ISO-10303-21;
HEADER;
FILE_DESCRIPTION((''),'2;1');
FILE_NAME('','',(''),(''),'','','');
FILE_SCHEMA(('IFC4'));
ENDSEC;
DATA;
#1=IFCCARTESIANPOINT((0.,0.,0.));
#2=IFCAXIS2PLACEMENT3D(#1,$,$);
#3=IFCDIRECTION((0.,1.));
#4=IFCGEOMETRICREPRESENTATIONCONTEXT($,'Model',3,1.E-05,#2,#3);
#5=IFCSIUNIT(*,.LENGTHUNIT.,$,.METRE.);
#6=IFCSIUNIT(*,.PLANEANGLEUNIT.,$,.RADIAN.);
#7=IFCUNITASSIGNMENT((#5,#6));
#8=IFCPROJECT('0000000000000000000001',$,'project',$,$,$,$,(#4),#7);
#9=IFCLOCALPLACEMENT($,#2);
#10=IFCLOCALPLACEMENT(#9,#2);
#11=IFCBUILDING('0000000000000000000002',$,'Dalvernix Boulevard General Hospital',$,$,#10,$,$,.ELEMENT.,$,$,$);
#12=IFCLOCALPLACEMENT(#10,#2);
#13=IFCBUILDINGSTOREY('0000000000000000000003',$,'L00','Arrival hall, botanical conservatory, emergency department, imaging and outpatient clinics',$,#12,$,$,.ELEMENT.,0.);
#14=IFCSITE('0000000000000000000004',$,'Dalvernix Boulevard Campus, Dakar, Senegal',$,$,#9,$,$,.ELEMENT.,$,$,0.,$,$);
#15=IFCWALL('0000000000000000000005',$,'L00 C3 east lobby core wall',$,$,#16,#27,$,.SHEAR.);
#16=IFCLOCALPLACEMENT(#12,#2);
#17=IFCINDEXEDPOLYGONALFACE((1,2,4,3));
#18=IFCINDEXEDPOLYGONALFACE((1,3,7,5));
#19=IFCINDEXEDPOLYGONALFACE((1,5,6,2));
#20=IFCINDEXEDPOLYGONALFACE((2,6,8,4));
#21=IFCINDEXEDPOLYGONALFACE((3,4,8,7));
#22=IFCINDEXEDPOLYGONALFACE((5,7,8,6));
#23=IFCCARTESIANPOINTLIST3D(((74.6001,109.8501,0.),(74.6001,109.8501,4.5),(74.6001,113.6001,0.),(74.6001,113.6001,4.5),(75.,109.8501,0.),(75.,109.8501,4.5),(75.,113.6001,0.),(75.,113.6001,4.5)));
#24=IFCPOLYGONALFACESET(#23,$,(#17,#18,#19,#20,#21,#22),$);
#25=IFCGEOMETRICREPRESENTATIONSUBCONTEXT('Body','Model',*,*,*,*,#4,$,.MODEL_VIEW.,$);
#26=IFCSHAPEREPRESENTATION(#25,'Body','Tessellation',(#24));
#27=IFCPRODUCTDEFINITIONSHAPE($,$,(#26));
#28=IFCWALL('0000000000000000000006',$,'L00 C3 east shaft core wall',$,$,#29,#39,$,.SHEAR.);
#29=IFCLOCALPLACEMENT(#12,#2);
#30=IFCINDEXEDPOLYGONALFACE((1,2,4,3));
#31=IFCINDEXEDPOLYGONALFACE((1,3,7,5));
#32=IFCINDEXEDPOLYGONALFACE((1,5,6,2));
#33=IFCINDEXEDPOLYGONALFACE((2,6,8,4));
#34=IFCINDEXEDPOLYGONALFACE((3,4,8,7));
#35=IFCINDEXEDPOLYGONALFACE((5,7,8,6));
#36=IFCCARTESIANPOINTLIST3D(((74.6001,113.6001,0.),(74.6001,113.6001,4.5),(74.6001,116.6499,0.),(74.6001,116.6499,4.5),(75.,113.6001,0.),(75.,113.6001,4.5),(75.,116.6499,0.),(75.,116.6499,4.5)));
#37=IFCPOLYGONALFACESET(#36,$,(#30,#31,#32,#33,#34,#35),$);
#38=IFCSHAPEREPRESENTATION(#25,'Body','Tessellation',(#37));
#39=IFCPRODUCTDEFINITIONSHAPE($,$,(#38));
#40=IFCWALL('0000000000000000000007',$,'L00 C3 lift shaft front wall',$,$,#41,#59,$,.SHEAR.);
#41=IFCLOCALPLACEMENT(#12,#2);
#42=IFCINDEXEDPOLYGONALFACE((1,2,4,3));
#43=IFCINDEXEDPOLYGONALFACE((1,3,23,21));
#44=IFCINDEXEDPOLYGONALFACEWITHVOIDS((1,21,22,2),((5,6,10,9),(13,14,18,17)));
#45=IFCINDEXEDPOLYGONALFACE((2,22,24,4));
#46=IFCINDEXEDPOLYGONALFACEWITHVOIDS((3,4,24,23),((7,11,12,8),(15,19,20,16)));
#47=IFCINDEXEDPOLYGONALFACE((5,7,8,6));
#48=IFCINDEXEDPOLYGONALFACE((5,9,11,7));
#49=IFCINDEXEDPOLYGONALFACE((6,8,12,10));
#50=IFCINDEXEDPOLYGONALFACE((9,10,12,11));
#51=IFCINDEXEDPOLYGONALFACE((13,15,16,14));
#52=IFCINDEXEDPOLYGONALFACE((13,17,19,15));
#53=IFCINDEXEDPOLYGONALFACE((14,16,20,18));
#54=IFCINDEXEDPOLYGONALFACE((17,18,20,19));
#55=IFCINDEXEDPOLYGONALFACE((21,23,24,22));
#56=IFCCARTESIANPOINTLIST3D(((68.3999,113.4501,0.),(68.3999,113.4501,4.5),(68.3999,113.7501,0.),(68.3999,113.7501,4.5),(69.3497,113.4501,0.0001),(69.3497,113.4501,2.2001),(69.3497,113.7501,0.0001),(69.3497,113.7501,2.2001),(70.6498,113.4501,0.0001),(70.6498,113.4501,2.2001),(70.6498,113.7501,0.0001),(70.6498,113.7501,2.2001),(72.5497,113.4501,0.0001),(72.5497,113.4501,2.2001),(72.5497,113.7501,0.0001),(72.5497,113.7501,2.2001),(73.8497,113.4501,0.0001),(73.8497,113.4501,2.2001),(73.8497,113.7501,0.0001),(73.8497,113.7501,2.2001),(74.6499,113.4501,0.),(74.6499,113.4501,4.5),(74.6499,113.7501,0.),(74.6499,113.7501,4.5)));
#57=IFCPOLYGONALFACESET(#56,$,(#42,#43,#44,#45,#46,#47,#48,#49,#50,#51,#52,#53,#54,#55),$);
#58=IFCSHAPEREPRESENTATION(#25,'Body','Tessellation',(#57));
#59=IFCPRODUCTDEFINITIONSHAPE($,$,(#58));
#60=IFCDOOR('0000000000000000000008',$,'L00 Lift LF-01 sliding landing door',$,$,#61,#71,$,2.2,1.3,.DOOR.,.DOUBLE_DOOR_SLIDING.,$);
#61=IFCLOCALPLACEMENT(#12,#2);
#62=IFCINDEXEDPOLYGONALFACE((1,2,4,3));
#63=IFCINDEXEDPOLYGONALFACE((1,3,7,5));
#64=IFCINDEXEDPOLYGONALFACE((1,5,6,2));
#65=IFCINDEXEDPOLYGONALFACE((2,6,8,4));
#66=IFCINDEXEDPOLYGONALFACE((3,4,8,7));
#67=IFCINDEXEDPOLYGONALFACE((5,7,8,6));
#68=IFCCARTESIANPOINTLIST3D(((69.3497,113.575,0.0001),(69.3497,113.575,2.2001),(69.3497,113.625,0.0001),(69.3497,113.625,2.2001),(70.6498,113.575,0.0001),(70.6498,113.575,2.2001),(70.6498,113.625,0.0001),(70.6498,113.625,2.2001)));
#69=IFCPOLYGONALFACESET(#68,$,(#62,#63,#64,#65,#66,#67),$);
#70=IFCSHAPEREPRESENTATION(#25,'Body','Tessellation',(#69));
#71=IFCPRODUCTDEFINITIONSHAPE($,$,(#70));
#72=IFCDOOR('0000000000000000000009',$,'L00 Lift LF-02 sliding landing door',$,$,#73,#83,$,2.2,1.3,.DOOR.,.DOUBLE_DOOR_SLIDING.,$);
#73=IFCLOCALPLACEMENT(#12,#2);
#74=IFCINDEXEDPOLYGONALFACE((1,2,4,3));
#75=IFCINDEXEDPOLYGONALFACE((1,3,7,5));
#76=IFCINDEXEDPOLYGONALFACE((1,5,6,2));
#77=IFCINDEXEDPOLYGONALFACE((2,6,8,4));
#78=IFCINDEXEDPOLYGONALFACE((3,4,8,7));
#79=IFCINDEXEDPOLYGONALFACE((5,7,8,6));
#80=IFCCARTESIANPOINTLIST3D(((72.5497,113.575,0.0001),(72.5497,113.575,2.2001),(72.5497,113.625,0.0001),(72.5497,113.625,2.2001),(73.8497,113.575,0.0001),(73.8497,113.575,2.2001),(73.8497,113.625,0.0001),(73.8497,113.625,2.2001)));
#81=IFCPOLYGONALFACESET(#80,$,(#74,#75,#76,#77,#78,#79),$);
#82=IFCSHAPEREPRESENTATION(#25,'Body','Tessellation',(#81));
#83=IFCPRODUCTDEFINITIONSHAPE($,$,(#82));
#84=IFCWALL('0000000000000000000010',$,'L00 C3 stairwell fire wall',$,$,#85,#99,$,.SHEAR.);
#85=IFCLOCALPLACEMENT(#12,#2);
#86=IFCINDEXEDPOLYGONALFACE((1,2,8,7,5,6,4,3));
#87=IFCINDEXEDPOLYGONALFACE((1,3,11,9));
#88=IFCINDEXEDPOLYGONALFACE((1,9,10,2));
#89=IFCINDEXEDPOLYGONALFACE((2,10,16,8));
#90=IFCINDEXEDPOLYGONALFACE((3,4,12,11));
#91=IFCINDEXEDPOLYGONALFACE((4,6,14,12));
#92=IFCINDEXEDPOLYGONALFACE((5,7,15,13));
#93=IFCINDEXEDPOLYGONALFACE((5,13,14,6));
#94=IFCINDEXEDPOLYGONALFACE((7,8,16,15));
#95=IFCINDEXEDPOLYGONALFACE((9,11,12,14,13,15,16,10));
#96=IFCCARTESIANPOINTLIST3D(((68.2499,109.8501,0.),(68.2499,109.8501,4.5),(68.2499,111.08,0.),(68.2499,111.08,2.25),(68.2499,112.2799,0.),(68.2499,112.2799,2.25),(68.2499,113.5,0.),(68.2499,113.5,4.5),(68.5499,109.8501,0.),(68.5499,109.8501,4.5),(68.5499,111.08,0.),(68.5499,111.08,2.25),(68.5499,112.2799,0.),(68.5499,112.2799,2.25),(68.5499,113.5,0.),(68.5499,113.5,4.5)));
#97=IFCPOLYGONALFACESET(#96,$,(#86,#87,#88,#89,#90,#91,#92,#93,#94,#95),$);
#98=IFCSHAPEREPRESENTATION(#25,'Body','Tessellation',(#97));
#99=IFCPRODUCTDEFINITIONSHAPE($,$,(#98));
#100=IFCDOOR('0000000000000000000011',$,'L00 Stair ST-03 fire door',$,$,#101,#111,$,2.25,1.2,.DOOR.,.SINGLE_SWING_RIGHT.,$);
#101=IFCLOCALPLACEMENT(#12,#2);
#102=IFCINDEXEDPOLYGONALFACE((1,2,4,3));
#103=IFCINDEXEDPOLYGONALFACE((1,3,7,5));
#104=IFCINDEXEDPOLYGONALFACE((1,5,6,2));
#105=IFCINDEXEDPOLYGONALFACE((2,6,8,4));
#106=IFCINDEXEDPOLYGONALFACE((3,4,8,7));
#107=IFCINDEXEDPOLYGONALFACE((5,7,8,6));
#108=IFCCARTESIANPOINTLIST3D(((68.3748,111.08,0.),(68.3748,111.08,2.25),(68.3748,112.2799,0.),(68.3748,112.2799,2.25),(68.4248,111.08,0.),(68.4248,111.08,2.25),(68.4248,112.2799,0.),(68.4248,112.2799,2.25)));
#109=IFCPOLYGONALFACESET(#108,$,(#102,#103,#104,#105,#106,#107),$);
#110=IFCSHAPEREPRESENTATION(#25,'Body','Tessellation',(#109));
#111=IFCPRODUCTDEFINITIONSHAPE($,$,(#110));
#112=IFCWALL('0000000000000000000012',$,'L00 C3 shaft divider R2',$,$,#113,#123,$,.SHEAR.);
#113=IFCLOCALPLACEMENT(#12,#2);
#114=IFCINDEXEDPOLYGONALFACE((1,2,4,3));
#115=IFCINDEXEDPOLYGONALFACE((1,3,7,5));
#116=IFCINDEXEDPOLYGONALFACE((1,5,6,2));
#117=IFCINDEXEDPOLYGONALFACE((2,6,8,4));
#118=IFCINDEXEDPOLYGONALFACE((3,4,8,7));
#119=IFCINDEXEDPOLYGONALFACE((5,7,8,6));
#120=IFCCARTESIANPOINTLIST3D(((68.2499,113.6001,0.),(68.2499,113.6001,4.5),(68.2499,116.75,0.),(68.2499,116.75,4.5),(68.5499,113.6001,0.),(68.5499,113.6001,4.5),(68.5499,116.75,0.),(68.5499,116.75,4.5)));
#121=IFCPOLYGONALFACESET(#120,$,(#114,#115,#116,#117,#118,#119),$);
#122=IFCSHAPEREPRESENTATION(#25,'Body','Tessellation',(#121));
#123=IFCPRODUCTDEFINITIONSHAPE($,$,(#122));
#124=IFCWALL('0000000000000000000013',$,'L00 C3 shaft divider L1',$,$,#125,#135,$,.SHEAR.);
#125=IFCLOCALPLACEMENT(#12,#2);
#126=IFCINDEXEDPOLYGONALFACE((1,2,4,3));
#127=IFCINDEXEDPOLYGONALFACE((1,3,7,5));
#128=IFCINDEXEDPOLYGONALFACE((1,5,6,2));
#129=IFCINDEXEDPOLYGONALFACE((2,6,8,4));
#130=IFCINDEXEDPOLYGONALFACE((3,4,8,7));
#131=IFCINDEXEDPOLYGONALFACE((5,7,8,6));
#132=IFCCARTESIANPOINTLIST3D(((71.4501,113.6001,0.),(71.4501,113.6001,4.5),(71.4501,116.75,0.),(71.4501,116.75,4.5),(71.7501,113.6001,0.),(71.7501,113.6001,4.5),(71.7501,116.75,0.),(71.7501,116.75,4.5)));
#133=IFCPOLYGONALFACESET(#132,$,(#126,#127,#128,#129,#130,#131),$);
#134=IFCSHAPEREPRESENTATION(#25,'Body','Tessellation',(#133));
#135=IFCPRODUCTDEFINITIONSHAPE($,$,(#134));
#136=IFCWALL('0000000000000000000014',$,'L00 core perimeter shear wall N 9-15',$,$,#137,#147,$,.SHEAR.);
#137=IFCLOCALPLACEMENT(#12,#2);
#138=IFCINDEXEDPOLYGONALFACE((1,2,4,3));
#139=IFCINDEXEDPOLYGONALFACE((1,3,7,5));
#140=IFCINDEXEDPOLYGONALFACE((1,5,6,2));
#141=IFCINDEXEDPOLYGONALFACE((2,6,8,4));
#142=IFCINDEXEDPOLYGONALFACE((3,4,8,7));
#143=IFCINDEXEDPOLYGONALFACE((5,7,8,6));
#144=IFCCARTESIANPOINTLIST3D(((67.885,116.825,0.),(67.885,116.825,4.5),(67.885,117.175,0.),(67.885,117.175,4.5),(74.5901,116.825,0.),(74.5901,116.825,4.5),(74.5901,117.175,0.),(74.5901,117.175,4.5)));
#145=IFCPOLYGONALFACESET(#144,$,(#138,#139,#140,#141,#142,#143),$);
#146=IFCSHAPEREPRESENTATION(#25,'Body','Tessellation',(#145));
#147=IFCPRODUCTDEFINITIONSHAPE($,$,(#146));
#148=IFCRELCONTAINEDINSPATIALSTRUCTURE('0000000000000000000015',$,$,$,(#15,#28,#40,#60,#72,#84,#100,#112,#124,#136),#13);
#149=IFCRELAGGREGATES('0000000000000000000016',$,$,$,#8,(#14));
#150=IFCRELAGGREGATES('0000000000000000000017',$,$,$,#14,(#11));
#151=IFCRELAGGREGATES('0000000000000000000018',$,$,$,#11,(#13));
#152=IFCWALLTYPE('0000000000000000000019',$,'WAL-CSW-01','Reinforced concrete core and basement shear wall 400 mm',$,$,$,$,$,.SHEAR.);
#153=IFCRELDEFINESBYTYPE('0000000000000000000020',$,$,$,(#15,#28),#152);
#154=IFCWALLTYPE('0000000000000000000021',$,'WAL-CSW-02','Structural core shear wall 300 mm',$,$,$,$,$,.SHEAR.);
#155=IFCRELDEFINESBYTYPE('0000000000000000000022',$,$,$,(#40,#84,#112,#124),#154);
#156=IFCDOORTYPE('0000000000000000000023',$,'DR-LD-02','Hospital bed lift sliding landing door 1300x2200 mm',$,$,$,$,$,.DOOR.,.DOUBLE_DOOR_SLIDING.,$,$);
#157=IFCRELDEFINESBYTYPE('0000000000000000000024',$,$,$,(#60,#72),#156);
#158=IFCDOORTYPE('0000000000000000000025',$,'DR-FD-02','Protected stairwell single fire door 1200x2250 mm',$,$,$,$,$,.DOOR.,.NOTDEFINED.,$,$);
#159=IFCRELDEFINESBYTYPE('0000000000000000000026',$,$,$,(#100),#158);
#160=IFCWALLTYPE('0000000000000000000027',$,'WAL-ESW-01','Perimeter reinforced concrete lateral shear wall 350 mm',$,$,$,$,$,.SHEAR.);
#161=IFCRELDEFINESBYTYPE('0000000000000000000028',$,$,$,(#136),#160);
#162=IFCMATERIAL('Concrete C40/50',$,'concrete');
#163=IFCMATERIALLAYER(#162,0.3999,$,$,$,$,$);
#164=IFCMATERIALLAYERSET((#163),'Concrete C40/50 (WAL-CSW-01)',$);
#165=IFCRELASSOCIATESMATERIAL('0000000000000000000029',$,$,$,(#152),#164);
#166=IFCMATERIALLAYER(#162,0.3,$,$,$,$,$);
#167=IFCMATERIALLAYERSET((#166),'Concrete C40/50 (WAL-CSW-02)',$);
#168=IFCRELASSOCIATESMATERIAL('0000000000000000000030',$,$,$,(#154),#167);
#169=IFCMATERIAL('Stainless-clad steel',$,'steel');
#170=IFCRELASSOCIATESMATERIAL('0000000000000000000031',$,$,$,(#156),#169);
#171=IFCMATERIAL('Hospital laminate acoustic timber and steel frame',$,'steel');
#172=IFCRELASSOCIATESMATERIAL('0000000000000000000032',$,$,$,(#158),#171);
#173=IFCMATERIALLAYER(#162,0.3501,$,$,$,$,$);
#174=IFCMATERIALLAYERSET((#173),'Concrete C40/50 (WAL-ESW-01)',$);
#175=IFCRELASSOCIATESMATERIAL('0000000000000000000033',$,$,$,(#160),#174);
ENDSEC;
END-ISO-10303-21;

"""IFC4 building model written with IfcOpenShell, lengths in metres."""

from ifc_helpers import new_model, si_unit, direction, frame, frame_2d, origin, place, context, subcontext, project, spatial, rectangle, extrude, material, layer, layer_set, type_object, element, fill, save


model = new_model("IFC4")

# Units and contexts
model_context = context("Model", 3, precision=1e-05, world=origin(), true_north=direction((0.0, 1.0)))
body_context = subcontext(model_context, "Body", "Model", "MODEL_VIEW")
ifc_project = project(units=[si_unit("LENGTHUNIT", "METRE"), si_unit("PLANEANGLEUNIT", "RADIAN")], contexts=[model_context])

# Site, building, storey
site_placement = place(None, origin())
site = spatial("IfcSite", under=ifc_project, at=site_placement, Name="Dalvernix Boulevard Campus, Dakar, Senegal", CompositionType="ELEMENT", RefElevation=0.0)
building_placement = place(site_placement, origin())
building = spatial("IfcBuilding", under=site, at=building_placement, Name="Dalvernix Boulevard General Hospital", CompositionType="ELEMENT")
storey_placement = place(building_placement, origin())
storey = spatial("IfcBuildingStorey", under=building, at=storey_placement, Name="L00", Description="Arrival hall, botanical conservatory, emergency department, imaging and outpatient clinics", CompositionType="ELEMENT", Elevation=0.0)

# Shared definitions
ifc_material_1 = material(Name="Concrete C40/50", Category="concrete")

# Shared definitions
ifc_layer_1 = layer(ifc_material_1, 0.3999)
ifc_layer_set_1 = layer_set([ifc_layer_1], Name="Concrete C40/50 (WAL-CSW-01)")
wall_type_1 = type_object("IfcWallType", Name="WAL-CSW-01", Description="Reinforced concrete core and basement shear wall 400 mm", PredefinedType="SHEAR", material=ifc_layer_set_1)
ifc_material_2 = material(Name="Hospital laminate acoustic timber and steel frame", Category="steel")

# Walls
wall_1_placement = place(storey_placement, frame((74.8, 109.8501, 0.0), z_axis=(0.0, 0.0, 1.0), x_axis=(0.0, 1.0, 0.0)))
element("IfcWall", 1, at=wall_1_placement, inside=storey, type_object=wall_type_1, Name="L00 C3 east lobby core wall", PredefinedType="SHEAR", context=body_context, shape_type="SweptSolid", body=[
    extrude(rectangle(XDim=3.75, YDim=0.3999, at=frame_2d((1.875, 0.0))), origin(), (0.0, 0.0, 1.0), 4.5),
])
wall_2_placement = place(storey_placement, frame((74.8, 113.6001, 0.0), z_axis=(0.0, 0.0, 1.0), x_axis=(0.0, 1.0, 0.0)))
element("IfcWall", 2, at=wall_2_placement, inside=storey, type_object=wall_type_1, Name="L00 C3 east shaft core wall", PredefinedType="SHEAR", context=body_context, shape_type="SweptSolid", body=[
    extrude(rectangle(XDim=3.0498, YDim=0.3999, at=frame_2d((1.5249, 0.0))), origin(), (0.0, 0.0, 1.0), 4.5),
])

# Wall, openings, doors
ifc_layer_2 = layer(ifc_material_1, 0.3)
ifc_layer_set_2 = layer_set([ifc_layer_2], Name="Concrete C40/50 (WAL-CSW-02)")
wall_type_2 = type_object("IfcWallType", Name="WAL-CSW-02", Description="Structural core shear wall 300 mm", PredefinedType="SHEAR", material=ifc_layer_set_2)
wall_3_placement = place(storey_placement, frame((68.3999, 113.6001, 0.0), z_axis=(0.0, 0.0, 1.0), x_axis=(1.0, 0.0, 0.0)))
wall_3 = element("IfcWall", 3, at=wall_3_placement, inside=storey, type_object=wall_type_2, Name="L00 C3 lift shaft front wall", PredefinedType="SHEAR", context=body_context, shape_type="SweptSolid", body=[
    extrude(rectangle(XDim=6.25, YDim=0.3, at=frame_2d((3.125, 0.0))), origin(), (0.0, 0.0, 1.0), 4.5),
])
opening_1_placement = place(wall_3_placement, frame((0.95, 0.0, 0.0)))
opening_1 = element("IfcOpeningElement", 4, at=opening_1_placement, cuts=wall_3, PredefinedType="OPENING", context=body_context, shape_type="SweptSolid", body=[
    extrude(rectangle(XDim=1.3, YDim=2.2, at=frame_2d((0.6499, 1.1001))), frame((0.0, 0.1599, 0.0), z_axis=(0.0, -1.0, 0.0), x_axis=(1.0, 0.0, 0.0)), (0.0, 0.0, 1.0), 0.3201),
])
opening_2_placement = place(wall_3_placement, frame((4.1499, 0.0, 0.0)))
opening_2 = element("IfcOpeningElement", 5, at=opening_2_placement, cuts=wall_3, PredefinedType="OPENING", context=body_context, shape_type="SweptSolid", body=[
    extrude(rectangle(XDim=1.3, YDim=2.2, at=frame_2d((0.6499, 1.1001))), frame((0.0, 0.1599, 0.0), z_axis=(0.0, -1.0, 0.0), x_axis=(1.0, 0.0, 0.0)), (0.0, 0.0, 1.0), 0.3201),
])
ifc_material_3 = material(Name="Stainless-clad steel", Category="steel")
door_type_1 = type_object("IfcDoorType", Name="DR-LD-02", Description="Hospital bed lift sliding landing door 1300x2200 mm", OperationType="DOUBLE_DOOR_SLIDING", PredefinedType="DOOR", material=ifc_material_3)
door_1_placement = place(opening_1_placement, origin())
door_1 = element("IfcDoor", 6, at=door_1_placement, inside=storey, type_object=door_type_1, Name="L00 Lift LF-01 sliding landing door", OperationType="DOUBLE_DOOR_SLIDING", OverallHeight=2.2, OverallWidth=1.3, PredefinedType="DOOR", context=body_context, shape_type="SweptSolid", body=[
    extrude(rectangle(XDim=1.3, YDim=2.2, at=frame_2d((0.6499, 1.1001))), frame((0.0, 0.0249, 0.0), z_axis=(0.0, -1.0, 0.0), x_axis=(1.0, 0.0, 0.0)), (0.0, 0.0, 1.0), 0.05),
])
fill(opening_1, door_1)
door_2_placement = place(opening_2_placement, origin())
door_2 = element("IfcDoor", 7, at=door_2_placement, inside=storey, type_object=door_type_1, Name="L00 Lift LF-02 sliding landing door", OperationType="DOUBLE_DOOR_SLIDING", OverallHeight=2.2, OverallWidth=1.3, PredefinedType="DOOR", context=body_context, shape_type="SweptSolid", body=[
    extrude(rectangle(XDim=1.3, YDim=2.2, at=frame_2d((0.6499, 1.1001))), frame((0.0, 0.0249, 0.0), z_axis=(0.0, -1.0, 0.0), x_axis=(1.0, 0.0, 0.0)), (0.0, 0.0, 1.0), 0.05),
])
fill(opening_2, door_2)

# Wall, opening, door
wall_4_placement = place(storey_placement, frame((68.3999, 113.5, 0.0), z_axis=(0.0, 0.0, 1.0), x_axis=(0.0, -1.0, 0.0)))
wall_4 = element("IfcWall", 8, at=wall_4_placement, inside=storey, type_object=wall_type_2, Name="L00 C3 stairwell fire wall", PredefinedType="SHEAR", context=body_context, shape_type="SweptSolid", body=[
    extrude(rectangle(XDim=3.6499, YDim=0.3, at=frame_2d((1.825, 0.0))), origin(), (0.0, 0.0, 1.0), 4.5),
])
opening_3_placement = place(wall_4_placement, frame((1.22, 0.0, 0.0)))
opening_3 = element("IfcOpeningElement", 9, at=opening_3_placement, cuts=wall_4, PredefinedType="OPENING", context=body_context, shape_type="SweptSolid", body=[
    extrude(rectangle(XDim=1.2, YDim=2.25, at=frame_2d((0.6001, 1.125))), frame((0.0, 0.1599, 0.0), z_axis=(0.0, -1.0, 0.0), x_axis=(1.0, 0.0, 0.0)), (0.0, 0.0, 1.0), 0.3201),
])
door_type_2 = type_object("IfcDoorType", Name="DR-FD-02", Description="Protected stairwell single fire door 1200x2250 mm", OperationType="NOTDEFINED", PredefinedType="DOOR", material=ifc_material_2)
door_3_placement = place(opening_3_placement, origin())
door_3 = element("IfcDoor", 10, at=door_3_placement, inside=storey, type_object=door_type_2, Name="L00 Stair ST-03 fire door", OperationType="SINGLE_SWING_RIGHT", OverallHeight=2.25, OverallWidth=1.2, PredefinedType="DOOR", context=body_context, shape_type="SweptSolid", body=[
    extrude(rectangle(XDim=1.2, YDim=2.25, at=frame_2d((0.6001, 1.125))), frame((0.0, 0.0249, 0.0), z_axis=(0.0, -1.0, 0.0), x_axis=(1.0, 0.0, 0.0)), (0.0, 0.0, 1.0), 0.05),
])
fill(opening_3, door_3)

# Walls
for number, where, z_axis, x_axis, name in (
    (11, (68.3999, 113.6001, 0.0), (0.0, 0.0, 1.0), (0.0, 1.0, 0.0), "L00 C3 shaft divider R2"),
    (12, (71.6001, 113.6001, 0.0), (0.0, 0.0, 1.0), (0.0, 1.0, 0.0), "L00 C3 shaft divider L1"),
):
    element("IfcWall", number, at=place(storey_placement, frame(where, z_axis=z_axis, x_axis=x_axis)), inside=storey, type_object=wall_type_2, Name=name, PredefinedType="SHEAR", context=body_context, shape_type="SweptSolid", body=[
        extrude(rectangle(XDim=3.1499, YDim=0.3, at=frame_2d((1.575, 0.0))), origin(), (0.0, 0.0, 1.0), 4.5),
    ])
ifc_layer_3 = layer(ifc_material_1, 0.3501)
ifc_layer_set_3 = layer_set([ifc_layer_3], Name="Concrete C40/50 (WAL-ESW-01)")
wall_type_3 = type_object("IfcWallType", Name="WAL-ESW-01", Description="Perimeter reinforced concrete lateral shear wall 350 mm", PredefinedType="SHEAR", material=ifc_layer_set_3)
wall_5_placement = place(storey_placement, frame((67.885, 117.0, 0.0), z_axis=(0.0, 0.0, 1.0), x_axis=(1.0, 0.0, 0.0)))
element("IfcWall", 13, at=wall_5_placement, inside=storey, type_object=wall_type_3, Name="L00 core perimeter shear wall N 9-15", PredefinedType="SHEAR", context=body_context, shape_type="SweptSolid", body=[
    extrude(rectangle(XDim=6.7051, YDim=0.3501, at=frame_2d((3.3525, 0.0))), origin(), (0.0, 0.0, 1.0), 4.5),
])

save(model, "model.ifc")
